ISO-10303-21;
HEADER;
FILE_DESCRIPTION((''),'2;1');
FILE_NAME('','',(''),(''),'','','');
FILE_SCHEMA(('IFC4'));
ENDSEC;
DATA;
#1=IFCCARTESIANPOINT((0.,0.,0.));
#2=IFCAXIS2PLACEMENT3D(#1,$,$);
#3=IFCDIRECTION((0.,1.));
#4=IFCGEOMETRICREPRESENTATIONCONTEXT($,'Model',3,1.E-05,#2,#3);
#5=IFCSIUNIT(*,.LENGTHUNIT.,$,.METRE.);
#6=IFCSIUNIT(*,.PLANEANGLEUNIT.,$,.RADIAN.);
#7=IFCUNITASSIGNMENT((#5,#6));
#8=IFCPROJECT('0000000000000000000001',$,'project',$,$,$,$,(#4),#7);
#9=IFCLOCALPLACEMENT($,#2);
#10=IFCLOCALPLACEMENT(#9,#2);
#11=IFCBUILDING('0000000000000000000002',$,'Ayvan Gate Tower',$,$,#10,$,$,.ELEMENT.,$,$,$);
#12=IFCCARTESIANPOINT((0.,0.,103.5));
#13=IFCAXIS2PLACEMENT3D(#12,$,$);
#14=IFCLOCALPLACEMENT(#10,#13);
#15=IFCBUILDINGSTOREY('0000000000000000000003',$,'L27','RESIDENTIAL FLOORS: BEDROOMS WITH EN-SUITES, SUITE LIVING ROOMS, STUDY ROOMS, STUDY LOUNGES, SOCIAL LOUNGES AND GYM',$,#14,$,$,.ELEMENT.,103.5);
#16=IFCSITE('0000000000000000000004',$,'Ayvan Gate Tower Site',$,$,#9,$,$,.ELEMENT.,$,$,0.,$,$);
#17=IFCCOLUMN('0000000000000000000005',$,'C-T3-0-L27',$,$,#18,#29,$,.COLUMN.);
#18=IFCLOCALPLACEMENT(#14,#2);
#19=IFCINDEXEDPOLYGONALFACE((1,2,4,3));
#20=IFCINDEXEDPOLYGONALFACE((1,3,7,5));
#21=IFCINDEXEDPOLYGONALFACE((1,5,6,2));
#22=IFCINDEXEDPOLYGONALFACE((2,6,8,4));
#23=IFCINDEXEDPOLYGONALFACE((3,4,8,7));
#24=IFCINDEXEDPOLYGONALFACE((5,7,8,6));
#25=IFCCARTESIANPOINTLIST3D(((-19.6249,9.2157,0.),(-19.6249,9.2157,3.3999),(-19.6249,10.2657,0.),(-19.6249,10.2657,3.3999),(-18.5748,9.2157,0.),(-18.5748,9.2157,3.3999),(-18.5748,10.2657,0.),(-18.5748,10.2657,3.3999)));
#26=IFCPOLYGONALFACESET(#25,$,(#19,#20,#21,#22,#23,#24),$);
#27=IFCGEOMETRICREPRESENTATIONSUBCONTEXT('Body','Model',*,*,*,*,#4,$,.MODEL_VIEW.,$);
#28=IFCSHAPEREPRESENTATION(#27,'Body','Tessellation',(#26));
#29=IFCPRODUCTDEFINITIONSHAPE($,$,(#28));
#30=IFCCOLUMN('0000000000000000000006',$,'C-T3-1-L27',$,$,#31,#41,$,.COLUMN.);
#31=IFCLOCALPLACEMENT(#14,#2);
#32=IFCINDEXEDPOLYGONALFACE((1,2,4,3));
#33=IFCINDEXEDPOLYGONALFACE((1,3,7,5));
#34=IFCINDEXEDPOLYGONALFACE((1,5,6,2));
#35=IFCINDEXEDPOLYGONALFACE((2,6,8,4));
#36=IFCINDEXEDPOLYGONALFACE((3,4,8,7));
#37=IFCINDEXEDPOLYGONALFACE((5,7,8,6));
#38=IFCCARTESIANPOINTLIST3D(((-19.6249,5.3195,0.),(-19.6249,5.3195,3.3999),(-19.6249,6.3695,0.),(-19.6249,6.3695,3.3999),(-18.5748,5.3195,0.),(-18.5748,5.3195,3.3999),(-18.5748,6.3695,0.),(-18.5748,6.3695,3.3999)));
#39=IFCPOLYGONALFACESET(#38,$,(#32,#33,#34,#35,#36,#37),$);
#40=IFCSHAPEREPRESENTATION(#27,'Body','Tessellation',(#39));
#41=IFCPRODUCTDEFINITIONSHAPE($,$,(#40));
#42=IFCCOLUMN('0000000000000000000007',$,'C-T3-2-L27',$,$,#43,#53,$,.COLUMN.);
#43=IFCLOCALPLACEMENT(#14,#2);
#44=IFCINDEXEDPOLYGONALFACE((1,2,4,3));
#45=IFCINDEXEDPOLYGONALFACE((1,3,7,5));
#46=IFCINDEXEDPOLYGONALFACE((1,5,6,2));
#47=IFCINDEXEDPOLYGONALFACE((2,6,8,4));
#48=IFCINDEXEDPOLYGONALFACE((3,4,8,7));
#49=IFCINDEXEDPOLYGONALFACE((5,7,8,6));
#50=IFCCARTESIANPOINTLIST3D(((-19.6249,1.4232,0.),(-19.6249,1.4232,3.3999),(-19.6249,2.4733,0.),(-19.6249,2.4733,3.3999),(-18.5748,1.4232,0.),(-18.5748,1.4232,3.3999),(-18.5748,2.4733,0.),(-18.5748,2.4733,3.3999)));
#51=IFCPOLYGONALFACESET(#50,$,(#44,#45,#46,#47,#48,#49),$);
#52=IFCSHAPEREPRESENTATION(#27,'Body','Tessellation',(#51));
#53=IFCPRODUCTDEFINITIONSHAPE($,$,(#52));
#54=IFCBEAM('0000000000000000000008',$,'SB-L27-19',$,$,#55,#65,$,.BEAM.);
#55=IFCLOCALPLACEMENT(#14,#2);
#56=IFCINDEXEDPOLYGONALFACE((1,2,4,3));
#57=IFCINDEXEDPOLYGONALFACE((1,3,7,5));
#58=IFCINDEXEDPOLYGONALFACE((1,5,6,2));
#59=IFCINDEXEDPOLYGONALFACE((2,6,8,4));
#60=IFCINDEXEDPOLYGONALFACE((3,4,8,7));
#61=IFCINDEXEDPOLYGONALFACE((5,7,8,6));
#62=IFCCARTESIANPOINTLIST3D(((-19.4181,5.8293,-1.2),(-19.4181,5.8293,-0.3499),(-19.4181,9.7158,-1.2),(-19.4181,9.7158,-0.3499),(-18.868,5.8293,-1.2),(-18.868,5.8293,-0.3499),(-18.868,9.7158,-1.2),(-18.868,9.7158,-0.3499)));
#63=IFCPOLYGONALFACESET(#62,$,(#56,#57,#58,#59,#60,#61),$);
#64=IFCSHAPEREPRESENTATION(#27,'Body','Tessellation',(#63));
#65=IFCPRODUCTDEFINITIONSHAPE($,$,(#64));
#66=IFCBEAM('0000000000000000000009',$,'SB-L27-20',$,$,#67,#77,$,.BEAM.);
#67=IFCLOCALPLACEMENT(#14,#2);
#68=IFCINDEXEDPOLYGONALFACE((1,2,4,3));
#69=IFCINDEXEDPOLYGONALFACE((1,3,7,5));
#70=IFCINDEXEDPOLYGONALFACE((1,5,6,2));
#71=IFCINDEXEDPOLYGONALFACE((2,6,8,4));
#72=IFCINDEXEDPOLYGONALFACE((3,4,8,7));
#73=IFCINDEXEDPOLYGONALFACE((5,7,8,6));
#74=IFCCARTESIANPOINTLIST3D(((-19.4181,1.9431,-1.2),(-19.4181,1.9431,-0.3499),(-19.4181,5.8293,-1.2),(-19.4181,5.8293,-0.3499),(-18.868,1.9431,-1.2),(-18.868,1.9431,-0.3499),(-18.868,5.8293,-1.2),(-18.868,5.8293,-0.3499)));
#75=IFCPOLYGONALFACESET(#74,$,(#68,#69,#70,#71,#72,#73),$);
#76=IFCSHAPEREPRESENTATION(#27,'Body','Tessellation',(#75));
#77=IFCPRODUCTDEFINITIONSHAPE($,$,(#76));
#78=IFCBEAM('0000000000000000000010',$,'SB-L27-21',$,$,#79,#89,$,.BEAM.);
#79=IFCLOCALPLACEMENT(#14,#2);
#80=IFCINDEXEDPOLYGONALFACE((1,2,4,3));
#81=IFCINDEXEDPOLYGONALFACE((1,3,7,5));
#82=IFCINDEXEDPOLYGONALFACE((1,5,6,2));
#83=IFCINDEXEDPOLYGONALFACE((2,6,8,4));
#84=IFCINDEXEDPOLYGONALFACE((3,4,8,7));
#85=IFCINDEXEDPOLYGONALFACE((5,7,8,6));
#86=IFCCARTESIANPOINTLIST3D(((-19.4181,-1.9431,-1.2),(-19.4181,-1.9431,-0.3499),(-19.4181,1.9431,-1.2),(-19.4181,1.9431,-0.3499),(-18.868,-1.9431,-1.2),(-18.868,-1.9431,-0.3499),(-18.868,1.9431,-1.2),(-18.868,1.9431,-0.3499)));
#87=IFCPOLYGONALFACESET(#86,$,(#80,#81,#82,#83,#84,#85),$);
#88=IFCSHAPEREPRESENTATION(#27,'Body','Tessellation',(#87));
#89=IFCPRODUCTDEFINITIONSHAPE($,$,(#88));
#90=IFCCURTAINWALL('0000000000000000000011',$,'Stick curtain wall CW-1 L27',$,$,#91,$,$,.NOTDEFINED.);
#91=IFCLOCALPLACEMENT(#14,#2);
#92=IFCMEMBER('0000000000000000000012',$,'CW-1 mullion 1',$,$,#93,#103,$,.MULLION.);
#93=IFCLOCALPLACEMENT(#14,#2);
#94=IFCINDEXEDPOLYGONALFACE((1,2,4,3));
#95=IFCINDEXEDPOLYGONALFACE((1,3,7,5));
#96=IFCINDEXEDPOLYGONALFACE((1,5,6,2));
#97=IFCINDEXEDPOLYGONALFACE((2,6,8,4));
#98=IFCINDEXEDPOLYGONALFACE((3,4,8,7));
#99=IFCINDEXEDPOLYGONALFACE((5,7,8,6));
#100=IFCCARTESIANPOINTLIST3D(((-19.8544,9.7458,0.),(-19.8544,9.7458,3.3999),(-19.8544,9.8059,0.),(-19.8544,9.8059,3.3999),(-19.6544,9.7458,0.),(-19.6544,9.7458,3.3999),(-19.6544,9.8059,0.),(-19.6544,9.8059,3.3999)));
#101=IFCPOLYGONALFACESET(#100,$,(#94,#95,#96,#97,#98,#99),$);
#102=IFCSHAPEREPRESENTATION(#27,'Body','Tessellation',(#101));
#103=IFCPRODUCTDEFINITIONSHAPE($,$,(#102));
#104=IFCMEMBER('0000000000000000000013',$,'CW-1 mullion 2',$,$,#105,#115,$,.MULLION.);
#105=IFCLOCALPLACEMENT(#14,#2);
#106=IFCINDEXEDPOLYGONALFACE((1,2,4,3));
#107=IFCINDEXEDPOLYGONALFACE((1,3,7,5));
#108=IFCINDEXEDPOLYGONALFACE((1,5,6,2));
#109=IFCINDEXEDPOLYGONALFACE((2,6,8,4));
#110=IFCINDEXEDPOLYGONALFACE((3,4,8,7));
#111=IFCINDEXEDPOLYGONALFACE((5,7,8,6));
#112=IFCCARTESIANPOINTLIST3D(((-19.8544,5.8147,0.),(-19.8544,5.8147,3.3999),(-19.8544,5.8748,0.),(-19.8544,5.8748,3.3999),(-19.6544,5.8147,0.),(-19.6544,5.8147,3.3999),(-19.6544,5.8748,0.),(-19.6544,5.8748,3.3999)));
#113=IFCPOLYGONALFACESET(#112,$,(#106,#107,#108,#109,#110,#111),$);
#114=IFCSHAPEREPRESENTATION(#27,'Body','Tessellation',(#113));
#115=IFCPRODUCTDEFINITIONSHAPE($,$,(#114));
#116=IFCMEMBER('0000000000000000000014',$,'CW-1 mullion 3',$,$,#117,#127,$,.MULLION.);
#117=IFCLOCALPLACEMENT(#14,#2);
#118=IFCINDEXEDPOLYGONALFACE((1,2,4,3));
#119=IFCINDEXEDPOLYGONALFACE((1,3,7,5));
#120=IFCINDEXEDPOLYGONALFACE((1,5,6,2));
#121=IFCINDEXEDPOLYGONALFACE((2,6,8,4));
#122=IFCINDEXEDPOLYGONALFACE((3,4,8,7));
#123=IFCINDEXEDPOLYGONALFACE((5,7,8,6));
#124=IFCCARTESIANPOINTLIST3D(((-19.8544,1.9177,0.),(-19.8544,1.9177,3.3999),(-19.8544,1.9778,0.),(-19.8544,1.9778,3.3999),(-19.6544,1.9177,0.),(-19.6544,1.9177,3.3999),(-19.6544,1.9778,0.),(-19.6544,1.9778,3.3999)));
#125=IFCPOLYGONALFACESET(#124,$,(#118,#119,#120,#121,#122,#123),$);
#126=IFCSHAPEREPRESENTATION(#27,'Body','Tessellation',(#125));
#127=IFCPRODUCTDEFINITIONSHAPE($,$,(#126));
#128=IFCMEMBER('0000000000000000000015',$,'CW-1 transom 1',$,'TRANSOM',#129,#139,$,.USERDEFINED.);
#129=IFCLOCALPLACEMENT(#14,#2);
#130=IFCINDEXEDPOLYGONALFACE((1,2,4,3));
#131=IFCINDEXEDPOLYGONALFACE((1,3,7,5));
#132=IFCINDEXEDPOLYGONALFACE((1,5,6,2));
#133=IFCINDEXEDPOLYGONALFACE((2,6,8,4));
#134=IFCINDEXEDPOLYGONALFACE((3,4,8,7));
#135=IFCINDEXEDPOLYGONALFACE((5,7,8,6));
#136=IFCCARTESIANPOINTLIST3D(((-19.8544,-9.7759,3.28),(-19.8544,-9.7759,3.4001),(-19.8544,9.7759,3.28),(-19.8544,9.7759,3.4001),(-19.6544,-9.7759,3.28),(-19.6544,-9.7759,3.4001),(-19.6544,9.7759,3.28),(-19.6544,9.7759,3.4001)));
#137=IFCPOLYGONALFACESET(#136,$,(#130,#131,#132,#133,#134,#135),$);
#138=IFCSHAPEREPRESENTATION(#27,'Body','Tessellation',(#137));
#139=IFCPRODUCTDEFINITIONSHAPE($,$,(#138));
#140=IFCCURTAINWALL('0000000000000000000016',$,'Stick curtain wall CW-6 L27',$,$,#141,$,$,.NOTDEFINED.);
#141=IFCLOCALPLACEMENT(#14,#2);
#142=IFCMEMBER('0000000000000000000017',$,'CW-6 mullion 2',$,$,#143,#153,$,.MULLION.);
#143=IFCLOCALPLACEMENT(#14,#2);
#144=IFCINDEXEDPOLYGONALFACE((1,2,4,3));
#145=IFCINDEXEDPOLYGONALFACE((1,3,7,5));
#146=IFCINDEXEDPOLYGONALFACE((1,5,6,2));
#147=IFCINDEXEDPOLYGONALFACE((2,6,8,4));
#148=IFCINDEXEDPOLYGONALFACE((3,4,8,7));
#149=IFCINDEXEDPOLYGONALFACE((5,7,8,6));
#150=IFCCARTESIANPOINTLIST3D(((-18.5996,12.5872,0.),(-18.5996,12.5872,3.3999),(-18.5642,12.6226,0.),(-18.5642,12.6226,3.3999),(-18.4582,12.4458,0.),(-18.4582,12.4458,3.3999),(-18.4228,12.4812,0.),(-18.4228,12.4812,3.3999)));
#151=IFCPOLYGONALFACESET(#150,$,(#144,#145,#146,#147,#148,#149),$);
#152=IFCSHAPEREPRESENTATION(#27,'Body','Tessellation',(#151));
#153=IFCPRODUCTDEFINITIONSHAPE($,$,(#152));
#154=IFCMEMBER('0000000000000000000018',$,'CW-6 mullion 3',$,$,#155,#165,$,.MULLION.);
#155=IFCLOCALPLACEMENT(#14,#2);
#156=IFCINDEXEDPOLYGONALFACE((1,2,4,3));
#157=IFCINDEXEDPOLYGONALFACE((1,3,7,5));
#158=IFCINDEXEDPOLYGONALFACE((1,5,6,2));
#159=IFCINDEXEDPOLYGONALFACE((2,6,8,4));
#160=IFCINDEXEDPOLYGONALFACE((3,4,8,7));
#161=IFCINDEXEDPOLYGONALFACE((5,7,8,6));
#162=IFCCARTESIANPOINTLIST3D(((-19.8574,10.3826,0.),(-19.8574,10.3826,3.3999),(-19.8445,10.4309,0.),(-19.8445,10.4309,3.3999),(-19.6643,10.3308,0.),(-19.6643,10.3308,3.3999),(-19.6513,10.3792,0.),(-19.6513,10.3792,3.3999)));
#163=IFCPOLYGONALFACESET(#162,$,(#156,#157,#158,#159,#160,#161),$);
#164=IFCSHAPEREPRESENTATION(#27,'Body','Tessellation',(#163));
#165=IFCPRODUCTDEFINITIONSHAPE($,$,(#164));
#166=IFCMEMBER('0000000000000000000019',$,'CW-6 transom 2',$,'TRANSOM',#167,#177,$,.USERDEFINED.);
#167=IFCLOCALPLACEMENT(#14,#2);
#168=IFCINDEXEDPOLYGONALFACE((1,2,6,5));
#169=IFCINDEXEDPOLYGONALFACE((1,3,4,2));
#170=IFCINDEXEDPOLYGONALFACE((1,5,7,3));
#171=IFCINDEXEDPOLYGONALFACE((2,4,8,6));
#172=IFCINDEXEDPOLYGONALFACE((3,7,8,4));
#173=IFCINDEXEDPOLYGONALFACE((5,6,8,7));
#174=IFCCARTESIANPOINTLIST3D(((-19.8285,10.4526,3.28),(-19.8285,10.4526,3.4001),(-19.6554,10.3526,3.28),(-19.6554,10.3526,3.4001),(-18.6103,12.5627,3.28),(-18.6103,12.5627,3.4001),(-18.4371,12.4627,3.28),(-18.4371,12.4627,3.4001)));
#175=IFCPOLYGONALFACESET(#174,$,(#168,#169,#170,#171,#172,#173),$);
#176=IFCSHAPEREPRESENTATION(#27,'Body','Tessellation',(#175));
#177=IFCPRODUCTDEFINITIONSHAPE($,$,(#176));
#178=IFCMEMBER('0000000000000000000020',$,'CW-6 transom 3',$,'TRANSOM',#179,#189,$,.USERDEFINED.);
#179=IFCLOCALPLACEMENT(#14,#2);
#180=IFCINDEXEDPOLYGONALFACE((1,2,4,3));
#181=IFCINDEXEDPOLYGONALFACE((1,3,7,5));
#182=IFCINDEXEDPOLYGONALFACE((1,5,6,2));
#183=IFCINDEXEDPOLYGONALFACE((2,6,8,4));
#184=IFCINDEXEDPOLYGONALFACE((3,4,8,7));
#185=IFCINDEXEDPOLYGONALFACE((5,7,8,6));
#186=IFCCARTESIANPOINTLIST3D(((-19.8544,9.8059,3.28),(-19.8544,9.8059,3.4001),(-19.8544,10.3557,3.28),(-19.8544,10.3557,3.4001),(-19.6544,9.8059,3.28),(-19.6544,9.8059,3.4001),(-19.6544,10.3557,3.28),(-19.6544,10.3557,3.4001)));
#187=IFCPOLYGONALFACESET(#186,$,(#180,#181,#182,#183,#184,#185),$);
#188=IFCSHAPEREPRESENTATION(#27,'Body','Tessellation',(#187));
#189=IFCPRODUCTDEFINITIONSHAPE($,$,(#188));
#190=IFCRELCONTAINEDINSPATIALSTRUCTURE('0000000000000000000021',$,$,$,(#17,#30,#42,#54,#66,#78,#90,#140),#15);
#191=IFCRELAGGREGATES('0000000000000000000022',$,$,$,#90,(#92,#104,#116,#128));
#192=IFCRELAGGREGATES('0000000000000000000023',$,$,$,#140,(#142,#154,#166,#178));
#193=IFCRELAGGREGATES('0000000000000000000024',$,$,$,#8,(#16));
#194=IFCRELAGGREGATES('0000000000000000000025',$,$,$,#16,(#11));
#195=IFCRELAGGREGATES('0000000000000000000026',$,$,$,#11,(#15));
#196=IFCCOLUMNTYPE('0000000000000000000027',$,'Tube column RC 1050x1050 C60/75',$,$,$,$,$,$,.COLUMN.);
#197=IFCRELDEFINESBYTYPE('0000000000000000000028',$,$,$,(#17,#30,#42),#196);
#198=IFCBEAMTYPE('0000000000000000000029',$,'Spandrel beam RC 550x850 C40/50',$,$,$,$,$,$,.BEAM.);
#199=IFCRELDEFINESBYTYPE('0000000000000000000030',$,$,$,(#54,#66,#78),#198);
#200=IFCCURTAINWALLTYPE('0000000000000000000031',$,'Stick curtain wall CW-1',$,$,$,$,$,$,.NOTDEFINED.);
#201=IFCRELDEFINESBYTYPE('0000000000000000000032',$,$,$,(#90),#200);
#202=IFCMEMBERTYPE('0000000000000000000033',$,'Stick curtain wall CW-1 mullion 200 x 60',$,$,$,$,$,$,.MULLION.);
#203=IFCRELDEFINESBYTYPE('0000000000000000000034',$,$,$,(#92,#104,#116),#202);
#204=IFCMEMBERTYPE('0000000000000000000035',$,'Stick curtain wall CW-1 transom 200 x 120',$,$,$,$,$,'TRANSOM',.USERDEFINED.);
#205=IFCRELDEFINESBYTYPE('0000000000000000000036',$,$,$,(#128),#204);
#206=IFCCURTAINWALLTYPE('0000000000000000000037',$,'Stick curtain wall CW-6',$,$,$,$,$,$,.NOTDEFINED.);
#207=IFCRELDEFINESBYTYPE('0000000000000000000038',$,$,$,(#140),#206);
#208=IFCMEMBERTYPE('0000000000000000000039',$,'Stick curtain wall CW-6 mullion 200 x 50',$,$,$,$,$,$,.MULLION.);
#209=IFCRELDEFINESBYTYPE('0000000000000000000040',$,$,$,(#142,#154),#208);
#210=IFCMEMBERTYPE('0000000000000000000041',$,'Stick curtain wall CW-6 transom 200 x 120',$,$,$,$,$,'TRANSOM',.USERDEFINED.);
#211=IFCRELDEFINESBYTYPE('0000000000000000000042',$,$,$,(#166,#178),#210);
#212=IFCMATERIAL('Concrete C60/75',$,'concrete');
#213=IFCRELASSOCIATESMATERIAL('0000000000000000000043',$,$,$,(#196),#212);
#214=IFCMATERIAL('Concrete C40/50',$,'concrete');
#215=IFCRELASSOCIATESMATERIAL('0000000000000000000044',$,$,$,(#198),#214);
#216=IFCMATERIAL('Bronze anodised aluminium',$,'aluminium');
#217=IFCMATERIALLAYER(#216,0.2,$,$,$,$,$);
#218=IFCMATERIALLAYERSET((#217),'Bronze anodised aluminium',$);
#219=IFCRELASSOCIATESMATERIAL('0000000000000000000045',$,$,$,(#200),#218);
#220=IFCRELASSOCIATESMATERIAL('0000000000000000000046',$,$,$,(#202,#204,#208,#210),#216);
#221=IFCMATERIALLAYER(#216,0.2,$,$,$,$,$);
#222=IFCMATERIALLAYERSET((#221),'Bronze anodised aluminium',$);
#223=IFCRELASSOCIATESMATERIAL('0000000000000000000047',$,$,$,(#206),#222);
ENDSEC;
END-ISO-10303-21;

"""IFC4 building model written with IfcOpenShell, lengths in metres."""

from ifc_helpers import new_model, si_unit, direction, frame, origin, origin_2d, place, context, subcontext, project, spatial, rectangle, extrude, material, layer, layer_set, material_profile, profile_set, type_object, element, aggregate, save


model = new_model("IFC4")

# Units and contexts
model_context = context("Model", 3, precision=1e-05, world=origin(), true_north=direction((0.0, 1.0)))
body_context = subcontext(model_context, "Body", "Model", "MODEL_VIEW")
ifc_project = project(units=[si_unit("LENGTHUNIT", "METRE"), si_unit("PLANEANGLEUNIT", "RADIAN")], contexts=[model_context])

# Site, building, storey
site_placement = place(None, origin())
site = spatial("IfcSite", under=ifc_project, at=site_placement, Name="Ayvan Gate Tower Site", CompositionType="ELEMENT", RefElevation=0.0)
building_placement = place(site_placement, origin())
building = spatial("IfcBuilding", under=site, at=building_placement, Name="Ayvan Gate Tower", CompositionType="ELEMENT")
storey_placement = place(building_placement, frame((0.0, 0.0, 103.5)))
storey = spatial("IfcBuildingStorey", under=building, at=storey_placement, Name="L27", Description="RESIDENTIAL FLOORS: BEDROOMS WITH EN-SUITES, SUITE LIVING ROOMS, STUDY ROOMS, STUDY LOUNGES, SOCIAL LOUNGES AND GYM", CompositionType="ELEMENT", Elevation=103.5)

# Columns
ifc_material_1 = material(Name="Concrete C60/75", Category="concrete")
ifc_material_profile_1 = material_profile(ifc_material_1, rectangle(XDim=1.05, YDim=1.05, at=origin_2d()), Name="RC 1050x1050")
ifc_profile_set_1 = profile_set([ifc_material_profile_1], Name="Concrete C60/75")
column_type = type_object("IfcColumnType", Name="Tube column RC 1050x1050 C60/75", PredefinedType="COLUMN", material=ifc_profile_set_1)
for number, where, z_axis, x_axis, name in (
    (1, (-19.0999, 9.7407, 0.0), (0.0, 0.0, 1.0), (-1.0, 0.0, 0.0), "C-T3-0-L27"),
    (2, (-19.0999, 5.8445, 0.0), (0.0, 0.0, 1.0), (-1.0, 0.0, 0.0), "C-T3-1-L27"),
    (3, (-19.0999, 1.9482, 0.0), (0.0, 0.0, 1.0), (-1.0, 0.0, 0.0), "C-T3-2-L27"),
):
    element("IfcColumn", number, at=place(storey_placement, frame(where, z_axis=z_axis, x_axis=x_axis)), inside=storey, type_object=column_type, Name=name, PredefinedType="COLUMN", context=body_context, shape_type="SweptSolid", body=[
        extrude(rectangle(XDim=1.05, YDim=1.05, at=origin_2d()), origin(), (0.0, 0.0, 1.0), 3.3999),
    ])

# Beams
ifc_material_2 = material(Name="Concrete C40/50", Category="concrete")
ifc_material_profile_2 = material_profile(ifc_material_2, rectangle(XDim=0.55, YDim=0.8501, at=origin_2d()), Name="RC 550x850")
ifc_profile_set_2 = profile_set([ifc_material_profile_2], Name="Concrete C40/50")
beam_type = type_object("IfcBeamType", Name="Spandrel beam RC 550x850 C40/50", PredefinedType="BEAM", material=ifc_profile_set_2)
beam_placement = place(storey_placement, frame((-19.1431, 9.7158, -0.7749), z_axis=(0.0, -1.0, 0.0), x_axis=(1.0, 0.0, 0.0)))
element("IfcBeam", 4, at=beam_placement, inside=storey, type_object=beam_type, Name="SB-L27-19", PredefinedType="BEAM", context=body_context, shape_type="SweptSolid", body=[
    extrude(rectangle(XDim=0.55, YDim=0.8501, at=origin_2d()), origin(), (0.0, 0.0, 1.0), 3.8865),
])
for number, where, z_axis, x_axis, name in (
    (5, (-19.1431, 5.8293, -0.7749), (0.0, -1.0, 0.0), (1.0, 0.0, 0.0), "SB-L27-20"),
    (6, (-19.1431, 1.9431, -0.7749), (0.0, -1.0, 0.0), (1.0, 0.0, 0.0), "SB-L27-21"),
):
    element("IfcBeam", number, at=place(storey_placement, frame(where, z_axis=z_axis, x_axis=x_axis)), inside=storey, type_object=beam_type, Name=name, PredefinedType="BEAM", context=body_context, shape_type="SweptSolid", body=[
        extrude(rectangle(XDim=0.55, YDim=0.8501, at=origin_2d()), origin(), (0.0, 0.0, 1.0), 3.8862),
    ])

# Curtain walls, members
ifc_material_3 = material(Name="Bronze anodised aluminium", Category="aluminium")
ifc_layer_1 = layer(ifc_material_3, 0.2)
ifc_layer_set_1 = layer_set([ifc_layer_1], Name="Bronze anodised aluminium")
curtain_wall_type_1 = type_object("IfcCurtainWallType", Name="Stick curtain wall CW-1", PredefinedType="NOTDEFINED", material=ifc_layer_set_1)
curtain_wall_1_placement = place(storey_placement, origin())
curtain_wall_1 = element("IfcCurtainWall", 7, at=curtain_wall_1_placement, inside=storey, type_object=curtain_wall_type_1, Name="Stick curtain wall CW-1 L27", PredefinedType="NOTDEFINED")
ifc_material_profile_3 = material_profile(ifc_material_3, rectangle(XDim=0.2, YDim=0.0601, at=origin_2d()), Name="Stick curtain wall CW-1 mullion 200 x 60")
ifc_profile_set_3 = profile_set([ifc_material_profile_3], Name="Bronze anodised aluminium")
member_type_1 = type_object("IfcMemberType", Name="Stick curtain wall CW-1 mullion 200 x 60", PredefinedType="MULLION", material=ifc_profile_set_3)
member_1_placement = place(storey_placement, frame((-19.7544, 9.7759, 0.0), z_axis=(0.0, 0.0, 1.0), x_axis=(-1.0, 0.0, 0.0)))
member_1 = element("IfcMember", 8, at=member_1_placement, type_object=member_type_1, Name="CW-1 mullion 1", PredefinedType="MULLION", context=body_context, shape_type="SweptSolid", body=[
    extrude(rectangle(XDim=0.2, YDim=0.0601, at=origin_2d()), origin(), (0.0, 0.0, 1.0), 3.3999),
])
member_2_placement = place(storey_placement, frame((-19.7544, 5.8447, 0.0), z_axis=(0.0, 0.0, 1.0), x_axis=(-1.0, 0.0, 0.0)))
member_2 = element("IfcMember", 9, at=member_2_placement, type_object=member_type_1, Name="CW-1 mullion 2", PredefinedType="MULLION", context=body_context, shape_type="SweptSolid", body=[
    extrude(rectangle(XDim=0.2, YDim=0.0601, at=origin_2d()), origin(), (0.0, 0.0, 1.0), 3.3999),
])
member_3_placement = place(storey_placement, frame((-19.7544, 1.9478, 0.0), z_axis=(0.0, 0.0, 1.0), x_axis=(-1.0, 0.0, 0.0)))
member_3 = element("IfcMember", 10, at=member_3_placement, type_object=member_type_1, Name="CW-1 mullion 3", PredefinedType="MULLION", context=body_context, shape_type="SweptSolid", body=[
    extrude(rectangle(XDim=0.2, YDim=0.0601, at=origin_2d()), origin(), (0.0, 0.0, 1.0), 3.3999),
])
ifc_material_profile_4 = material_profile(ifc_material_3, rectangle(XDim=0.2, YDim=0.1201, at=origin_2d()), Name="Stick curtain wall CW-1 transom 200 x 120")
ifc_profile_set_4 = profile_set([ifc_material_profile_4], Name="Bronze anodised aluminium")
member_type_2 = type_object("IfcMemberType", Name="Stick curtain wall CW-1 transom 200 x 120", ElementType="TRANSOM", PredefinedType="USERDEFINED", material=ifc_profile_set_4)
member_4_placement = place(storey_placement, frame((-19.7544, 9.7759, 3.3401), z_axis=(0.0, -1.0, 0.0), x_axis=(1.0, 0.0, 0.0)))
member_4 = element("IfcMember", 11, at=member_4_placement, type_object=member_type_2, Name="CW-1 transom 1", ObjectType="TRANSOM", PredefinedType="USERDEFINED", context=body_context, shape_type="SweptSolid", body=[
    extrude(rectangle(XDim=0.2, YDim=0.1201, at=origin_2d()), origin(), (0.0, 0.0, 1.0), 19.5518),
])
ifc_layer_2 = layer(ifc_material_3, 0.2)
ifc_layer_set_2 = layer_set([ifc_layer_2], Name="Bronze anodised aluminium")
curtain_wall_type_2 = type_object("IfcCurtainWallType", Name="Stick curtain wall CW-6", PredefinedType="NOTDEFINED", material=ifc_layer_set_2)
curtain_wall_2_placement = place(storey_placement, origin())
curtain_wall_2 = element("IfcCurtainWall", 12, at=curtain_wall_2_placement, inside=storey, type_object=curtain_wall_type_2, Name="Stick curtain wall CW-6 L27", PredefinedType="NOTDEFINED")
ifc_material_profile_5 = material_profile(ifc_material_3, rectangle(XDim=0.2, YDim=0.05, at=origin_2d()), Name="Stick curtain wall CW-6 mullion 200 x 50")
ifc_profile_set_5 = profile_set([ifc_material_profile_5], Name="Bronze anodised aluminium")
member_type_3 = type_object("IfcMemberType", Name="Stick curtain wall CW-6 mullion 200 x 50", PredefinedType="MULLION", material=ifc_profile_set_5)
member_5_placement = place(storey_placement, frame((-18.5112, 12.5342, 0.0), z_axis=(0.0, 0.0, 1.0), x_axis=(-0.707107, 0.707107, 0.0)))
member_5 = element("IfcMember", 13, at=member_5_placement, type_object=member_type_3, Name="CW-6 mullion 2", PredefinedType="MULLION", context=body_context, shape_type="SweptSolid", body=[
    extrude(rectangle(XDim=0.2, YDim=0.05, at=origin_2d()), origin(), (0.0, 0.0, 1.0), 3.3999),
])
member_6_placement = place(storey_placement, frame((-19.7544, 10.3809, 0.0), z_axis=(0.0, 0.0, 1.0), x_axis=(-0.965926, 0.258819, 0.0)))
member_6 = element("IfcMember", 14, at=member_6_placement, type_object=member_type_3, Name="CW-6 mullion 3", PredefinedType="MULLION", context=body_context, shape_type="SweptSolid", body=[
    extrude(rectangle(XDim=0.2, YDim=0.05, at=origin_2d()), origin(), (0.0, 0.0, 1.0), 3.3999),
])
ifc_material_profile_6 = material_profile(ifc_material_3, rectangle(XDim=0.2, YDim=0.1201, at=origin_2d()), Name="Stick curtain wall CW-6 transom 200 x 120")
ifc_profile_set_6 = profile_set([ifc_material_profile_6], Name="Bronze anodised aluminium")
member_type_4 = type_object("IfcMemberType", Name="Stick curtain wall CW-6 transom 200 x 120", ElementType="TRANSOM", PredefinedType="USERDEFINED", material=ifc_profile_set_6)
member_7_placement = place(storey_placement, frame((-18.5237, 12.5127, 3.3401), z_axis=(-0.499997, -0.866027, 0.0), x_axis=(0.866027, -0.499997, 0.0)))
member_7 = element("IfcMember", 15, at=member_7_placement, type_object=member_type_4, Name="CW-6 transom 2", ObjectType="TRANSOM", PredefinedType="USERDEFINED", context=body_context, shape_type="SweptSolid", body=[
    extrude(rectangle(XDim=0.2, YDim=0.1201, at=origin_2d()), origin(), (0.0, 0.0, 1.0), 2.4365),
])
member_8_placement = place(storey_placement, frame((-19.7544, 10.3557, 3.3401), z_axis=(0.0, -1.0, 0.0), x_axis=(1.0, 0.0, 0.0)))
member_8 = element("IfcMember", 16, at=member_8_placement, type_object=member_type_4, Name="CW-6 transom 3", ObjectType="TRANSOM", PredefinedType="USERDEFINED", context=body_context, shape_type="SweptSolid", body=[
    extrude(rectangle(XDim=0.2, YDim=0.1201, at=origin_2d()), origin(), (0.0, 0.0, 1.0), 0.5498),
])

aggregate(curtain_wall_1, [member_1, member_2, member_3, member_4])
aggregate(curtain_wall_2, [member_5, member_6, member_7, member_8])

save(model, "model.ifc")
